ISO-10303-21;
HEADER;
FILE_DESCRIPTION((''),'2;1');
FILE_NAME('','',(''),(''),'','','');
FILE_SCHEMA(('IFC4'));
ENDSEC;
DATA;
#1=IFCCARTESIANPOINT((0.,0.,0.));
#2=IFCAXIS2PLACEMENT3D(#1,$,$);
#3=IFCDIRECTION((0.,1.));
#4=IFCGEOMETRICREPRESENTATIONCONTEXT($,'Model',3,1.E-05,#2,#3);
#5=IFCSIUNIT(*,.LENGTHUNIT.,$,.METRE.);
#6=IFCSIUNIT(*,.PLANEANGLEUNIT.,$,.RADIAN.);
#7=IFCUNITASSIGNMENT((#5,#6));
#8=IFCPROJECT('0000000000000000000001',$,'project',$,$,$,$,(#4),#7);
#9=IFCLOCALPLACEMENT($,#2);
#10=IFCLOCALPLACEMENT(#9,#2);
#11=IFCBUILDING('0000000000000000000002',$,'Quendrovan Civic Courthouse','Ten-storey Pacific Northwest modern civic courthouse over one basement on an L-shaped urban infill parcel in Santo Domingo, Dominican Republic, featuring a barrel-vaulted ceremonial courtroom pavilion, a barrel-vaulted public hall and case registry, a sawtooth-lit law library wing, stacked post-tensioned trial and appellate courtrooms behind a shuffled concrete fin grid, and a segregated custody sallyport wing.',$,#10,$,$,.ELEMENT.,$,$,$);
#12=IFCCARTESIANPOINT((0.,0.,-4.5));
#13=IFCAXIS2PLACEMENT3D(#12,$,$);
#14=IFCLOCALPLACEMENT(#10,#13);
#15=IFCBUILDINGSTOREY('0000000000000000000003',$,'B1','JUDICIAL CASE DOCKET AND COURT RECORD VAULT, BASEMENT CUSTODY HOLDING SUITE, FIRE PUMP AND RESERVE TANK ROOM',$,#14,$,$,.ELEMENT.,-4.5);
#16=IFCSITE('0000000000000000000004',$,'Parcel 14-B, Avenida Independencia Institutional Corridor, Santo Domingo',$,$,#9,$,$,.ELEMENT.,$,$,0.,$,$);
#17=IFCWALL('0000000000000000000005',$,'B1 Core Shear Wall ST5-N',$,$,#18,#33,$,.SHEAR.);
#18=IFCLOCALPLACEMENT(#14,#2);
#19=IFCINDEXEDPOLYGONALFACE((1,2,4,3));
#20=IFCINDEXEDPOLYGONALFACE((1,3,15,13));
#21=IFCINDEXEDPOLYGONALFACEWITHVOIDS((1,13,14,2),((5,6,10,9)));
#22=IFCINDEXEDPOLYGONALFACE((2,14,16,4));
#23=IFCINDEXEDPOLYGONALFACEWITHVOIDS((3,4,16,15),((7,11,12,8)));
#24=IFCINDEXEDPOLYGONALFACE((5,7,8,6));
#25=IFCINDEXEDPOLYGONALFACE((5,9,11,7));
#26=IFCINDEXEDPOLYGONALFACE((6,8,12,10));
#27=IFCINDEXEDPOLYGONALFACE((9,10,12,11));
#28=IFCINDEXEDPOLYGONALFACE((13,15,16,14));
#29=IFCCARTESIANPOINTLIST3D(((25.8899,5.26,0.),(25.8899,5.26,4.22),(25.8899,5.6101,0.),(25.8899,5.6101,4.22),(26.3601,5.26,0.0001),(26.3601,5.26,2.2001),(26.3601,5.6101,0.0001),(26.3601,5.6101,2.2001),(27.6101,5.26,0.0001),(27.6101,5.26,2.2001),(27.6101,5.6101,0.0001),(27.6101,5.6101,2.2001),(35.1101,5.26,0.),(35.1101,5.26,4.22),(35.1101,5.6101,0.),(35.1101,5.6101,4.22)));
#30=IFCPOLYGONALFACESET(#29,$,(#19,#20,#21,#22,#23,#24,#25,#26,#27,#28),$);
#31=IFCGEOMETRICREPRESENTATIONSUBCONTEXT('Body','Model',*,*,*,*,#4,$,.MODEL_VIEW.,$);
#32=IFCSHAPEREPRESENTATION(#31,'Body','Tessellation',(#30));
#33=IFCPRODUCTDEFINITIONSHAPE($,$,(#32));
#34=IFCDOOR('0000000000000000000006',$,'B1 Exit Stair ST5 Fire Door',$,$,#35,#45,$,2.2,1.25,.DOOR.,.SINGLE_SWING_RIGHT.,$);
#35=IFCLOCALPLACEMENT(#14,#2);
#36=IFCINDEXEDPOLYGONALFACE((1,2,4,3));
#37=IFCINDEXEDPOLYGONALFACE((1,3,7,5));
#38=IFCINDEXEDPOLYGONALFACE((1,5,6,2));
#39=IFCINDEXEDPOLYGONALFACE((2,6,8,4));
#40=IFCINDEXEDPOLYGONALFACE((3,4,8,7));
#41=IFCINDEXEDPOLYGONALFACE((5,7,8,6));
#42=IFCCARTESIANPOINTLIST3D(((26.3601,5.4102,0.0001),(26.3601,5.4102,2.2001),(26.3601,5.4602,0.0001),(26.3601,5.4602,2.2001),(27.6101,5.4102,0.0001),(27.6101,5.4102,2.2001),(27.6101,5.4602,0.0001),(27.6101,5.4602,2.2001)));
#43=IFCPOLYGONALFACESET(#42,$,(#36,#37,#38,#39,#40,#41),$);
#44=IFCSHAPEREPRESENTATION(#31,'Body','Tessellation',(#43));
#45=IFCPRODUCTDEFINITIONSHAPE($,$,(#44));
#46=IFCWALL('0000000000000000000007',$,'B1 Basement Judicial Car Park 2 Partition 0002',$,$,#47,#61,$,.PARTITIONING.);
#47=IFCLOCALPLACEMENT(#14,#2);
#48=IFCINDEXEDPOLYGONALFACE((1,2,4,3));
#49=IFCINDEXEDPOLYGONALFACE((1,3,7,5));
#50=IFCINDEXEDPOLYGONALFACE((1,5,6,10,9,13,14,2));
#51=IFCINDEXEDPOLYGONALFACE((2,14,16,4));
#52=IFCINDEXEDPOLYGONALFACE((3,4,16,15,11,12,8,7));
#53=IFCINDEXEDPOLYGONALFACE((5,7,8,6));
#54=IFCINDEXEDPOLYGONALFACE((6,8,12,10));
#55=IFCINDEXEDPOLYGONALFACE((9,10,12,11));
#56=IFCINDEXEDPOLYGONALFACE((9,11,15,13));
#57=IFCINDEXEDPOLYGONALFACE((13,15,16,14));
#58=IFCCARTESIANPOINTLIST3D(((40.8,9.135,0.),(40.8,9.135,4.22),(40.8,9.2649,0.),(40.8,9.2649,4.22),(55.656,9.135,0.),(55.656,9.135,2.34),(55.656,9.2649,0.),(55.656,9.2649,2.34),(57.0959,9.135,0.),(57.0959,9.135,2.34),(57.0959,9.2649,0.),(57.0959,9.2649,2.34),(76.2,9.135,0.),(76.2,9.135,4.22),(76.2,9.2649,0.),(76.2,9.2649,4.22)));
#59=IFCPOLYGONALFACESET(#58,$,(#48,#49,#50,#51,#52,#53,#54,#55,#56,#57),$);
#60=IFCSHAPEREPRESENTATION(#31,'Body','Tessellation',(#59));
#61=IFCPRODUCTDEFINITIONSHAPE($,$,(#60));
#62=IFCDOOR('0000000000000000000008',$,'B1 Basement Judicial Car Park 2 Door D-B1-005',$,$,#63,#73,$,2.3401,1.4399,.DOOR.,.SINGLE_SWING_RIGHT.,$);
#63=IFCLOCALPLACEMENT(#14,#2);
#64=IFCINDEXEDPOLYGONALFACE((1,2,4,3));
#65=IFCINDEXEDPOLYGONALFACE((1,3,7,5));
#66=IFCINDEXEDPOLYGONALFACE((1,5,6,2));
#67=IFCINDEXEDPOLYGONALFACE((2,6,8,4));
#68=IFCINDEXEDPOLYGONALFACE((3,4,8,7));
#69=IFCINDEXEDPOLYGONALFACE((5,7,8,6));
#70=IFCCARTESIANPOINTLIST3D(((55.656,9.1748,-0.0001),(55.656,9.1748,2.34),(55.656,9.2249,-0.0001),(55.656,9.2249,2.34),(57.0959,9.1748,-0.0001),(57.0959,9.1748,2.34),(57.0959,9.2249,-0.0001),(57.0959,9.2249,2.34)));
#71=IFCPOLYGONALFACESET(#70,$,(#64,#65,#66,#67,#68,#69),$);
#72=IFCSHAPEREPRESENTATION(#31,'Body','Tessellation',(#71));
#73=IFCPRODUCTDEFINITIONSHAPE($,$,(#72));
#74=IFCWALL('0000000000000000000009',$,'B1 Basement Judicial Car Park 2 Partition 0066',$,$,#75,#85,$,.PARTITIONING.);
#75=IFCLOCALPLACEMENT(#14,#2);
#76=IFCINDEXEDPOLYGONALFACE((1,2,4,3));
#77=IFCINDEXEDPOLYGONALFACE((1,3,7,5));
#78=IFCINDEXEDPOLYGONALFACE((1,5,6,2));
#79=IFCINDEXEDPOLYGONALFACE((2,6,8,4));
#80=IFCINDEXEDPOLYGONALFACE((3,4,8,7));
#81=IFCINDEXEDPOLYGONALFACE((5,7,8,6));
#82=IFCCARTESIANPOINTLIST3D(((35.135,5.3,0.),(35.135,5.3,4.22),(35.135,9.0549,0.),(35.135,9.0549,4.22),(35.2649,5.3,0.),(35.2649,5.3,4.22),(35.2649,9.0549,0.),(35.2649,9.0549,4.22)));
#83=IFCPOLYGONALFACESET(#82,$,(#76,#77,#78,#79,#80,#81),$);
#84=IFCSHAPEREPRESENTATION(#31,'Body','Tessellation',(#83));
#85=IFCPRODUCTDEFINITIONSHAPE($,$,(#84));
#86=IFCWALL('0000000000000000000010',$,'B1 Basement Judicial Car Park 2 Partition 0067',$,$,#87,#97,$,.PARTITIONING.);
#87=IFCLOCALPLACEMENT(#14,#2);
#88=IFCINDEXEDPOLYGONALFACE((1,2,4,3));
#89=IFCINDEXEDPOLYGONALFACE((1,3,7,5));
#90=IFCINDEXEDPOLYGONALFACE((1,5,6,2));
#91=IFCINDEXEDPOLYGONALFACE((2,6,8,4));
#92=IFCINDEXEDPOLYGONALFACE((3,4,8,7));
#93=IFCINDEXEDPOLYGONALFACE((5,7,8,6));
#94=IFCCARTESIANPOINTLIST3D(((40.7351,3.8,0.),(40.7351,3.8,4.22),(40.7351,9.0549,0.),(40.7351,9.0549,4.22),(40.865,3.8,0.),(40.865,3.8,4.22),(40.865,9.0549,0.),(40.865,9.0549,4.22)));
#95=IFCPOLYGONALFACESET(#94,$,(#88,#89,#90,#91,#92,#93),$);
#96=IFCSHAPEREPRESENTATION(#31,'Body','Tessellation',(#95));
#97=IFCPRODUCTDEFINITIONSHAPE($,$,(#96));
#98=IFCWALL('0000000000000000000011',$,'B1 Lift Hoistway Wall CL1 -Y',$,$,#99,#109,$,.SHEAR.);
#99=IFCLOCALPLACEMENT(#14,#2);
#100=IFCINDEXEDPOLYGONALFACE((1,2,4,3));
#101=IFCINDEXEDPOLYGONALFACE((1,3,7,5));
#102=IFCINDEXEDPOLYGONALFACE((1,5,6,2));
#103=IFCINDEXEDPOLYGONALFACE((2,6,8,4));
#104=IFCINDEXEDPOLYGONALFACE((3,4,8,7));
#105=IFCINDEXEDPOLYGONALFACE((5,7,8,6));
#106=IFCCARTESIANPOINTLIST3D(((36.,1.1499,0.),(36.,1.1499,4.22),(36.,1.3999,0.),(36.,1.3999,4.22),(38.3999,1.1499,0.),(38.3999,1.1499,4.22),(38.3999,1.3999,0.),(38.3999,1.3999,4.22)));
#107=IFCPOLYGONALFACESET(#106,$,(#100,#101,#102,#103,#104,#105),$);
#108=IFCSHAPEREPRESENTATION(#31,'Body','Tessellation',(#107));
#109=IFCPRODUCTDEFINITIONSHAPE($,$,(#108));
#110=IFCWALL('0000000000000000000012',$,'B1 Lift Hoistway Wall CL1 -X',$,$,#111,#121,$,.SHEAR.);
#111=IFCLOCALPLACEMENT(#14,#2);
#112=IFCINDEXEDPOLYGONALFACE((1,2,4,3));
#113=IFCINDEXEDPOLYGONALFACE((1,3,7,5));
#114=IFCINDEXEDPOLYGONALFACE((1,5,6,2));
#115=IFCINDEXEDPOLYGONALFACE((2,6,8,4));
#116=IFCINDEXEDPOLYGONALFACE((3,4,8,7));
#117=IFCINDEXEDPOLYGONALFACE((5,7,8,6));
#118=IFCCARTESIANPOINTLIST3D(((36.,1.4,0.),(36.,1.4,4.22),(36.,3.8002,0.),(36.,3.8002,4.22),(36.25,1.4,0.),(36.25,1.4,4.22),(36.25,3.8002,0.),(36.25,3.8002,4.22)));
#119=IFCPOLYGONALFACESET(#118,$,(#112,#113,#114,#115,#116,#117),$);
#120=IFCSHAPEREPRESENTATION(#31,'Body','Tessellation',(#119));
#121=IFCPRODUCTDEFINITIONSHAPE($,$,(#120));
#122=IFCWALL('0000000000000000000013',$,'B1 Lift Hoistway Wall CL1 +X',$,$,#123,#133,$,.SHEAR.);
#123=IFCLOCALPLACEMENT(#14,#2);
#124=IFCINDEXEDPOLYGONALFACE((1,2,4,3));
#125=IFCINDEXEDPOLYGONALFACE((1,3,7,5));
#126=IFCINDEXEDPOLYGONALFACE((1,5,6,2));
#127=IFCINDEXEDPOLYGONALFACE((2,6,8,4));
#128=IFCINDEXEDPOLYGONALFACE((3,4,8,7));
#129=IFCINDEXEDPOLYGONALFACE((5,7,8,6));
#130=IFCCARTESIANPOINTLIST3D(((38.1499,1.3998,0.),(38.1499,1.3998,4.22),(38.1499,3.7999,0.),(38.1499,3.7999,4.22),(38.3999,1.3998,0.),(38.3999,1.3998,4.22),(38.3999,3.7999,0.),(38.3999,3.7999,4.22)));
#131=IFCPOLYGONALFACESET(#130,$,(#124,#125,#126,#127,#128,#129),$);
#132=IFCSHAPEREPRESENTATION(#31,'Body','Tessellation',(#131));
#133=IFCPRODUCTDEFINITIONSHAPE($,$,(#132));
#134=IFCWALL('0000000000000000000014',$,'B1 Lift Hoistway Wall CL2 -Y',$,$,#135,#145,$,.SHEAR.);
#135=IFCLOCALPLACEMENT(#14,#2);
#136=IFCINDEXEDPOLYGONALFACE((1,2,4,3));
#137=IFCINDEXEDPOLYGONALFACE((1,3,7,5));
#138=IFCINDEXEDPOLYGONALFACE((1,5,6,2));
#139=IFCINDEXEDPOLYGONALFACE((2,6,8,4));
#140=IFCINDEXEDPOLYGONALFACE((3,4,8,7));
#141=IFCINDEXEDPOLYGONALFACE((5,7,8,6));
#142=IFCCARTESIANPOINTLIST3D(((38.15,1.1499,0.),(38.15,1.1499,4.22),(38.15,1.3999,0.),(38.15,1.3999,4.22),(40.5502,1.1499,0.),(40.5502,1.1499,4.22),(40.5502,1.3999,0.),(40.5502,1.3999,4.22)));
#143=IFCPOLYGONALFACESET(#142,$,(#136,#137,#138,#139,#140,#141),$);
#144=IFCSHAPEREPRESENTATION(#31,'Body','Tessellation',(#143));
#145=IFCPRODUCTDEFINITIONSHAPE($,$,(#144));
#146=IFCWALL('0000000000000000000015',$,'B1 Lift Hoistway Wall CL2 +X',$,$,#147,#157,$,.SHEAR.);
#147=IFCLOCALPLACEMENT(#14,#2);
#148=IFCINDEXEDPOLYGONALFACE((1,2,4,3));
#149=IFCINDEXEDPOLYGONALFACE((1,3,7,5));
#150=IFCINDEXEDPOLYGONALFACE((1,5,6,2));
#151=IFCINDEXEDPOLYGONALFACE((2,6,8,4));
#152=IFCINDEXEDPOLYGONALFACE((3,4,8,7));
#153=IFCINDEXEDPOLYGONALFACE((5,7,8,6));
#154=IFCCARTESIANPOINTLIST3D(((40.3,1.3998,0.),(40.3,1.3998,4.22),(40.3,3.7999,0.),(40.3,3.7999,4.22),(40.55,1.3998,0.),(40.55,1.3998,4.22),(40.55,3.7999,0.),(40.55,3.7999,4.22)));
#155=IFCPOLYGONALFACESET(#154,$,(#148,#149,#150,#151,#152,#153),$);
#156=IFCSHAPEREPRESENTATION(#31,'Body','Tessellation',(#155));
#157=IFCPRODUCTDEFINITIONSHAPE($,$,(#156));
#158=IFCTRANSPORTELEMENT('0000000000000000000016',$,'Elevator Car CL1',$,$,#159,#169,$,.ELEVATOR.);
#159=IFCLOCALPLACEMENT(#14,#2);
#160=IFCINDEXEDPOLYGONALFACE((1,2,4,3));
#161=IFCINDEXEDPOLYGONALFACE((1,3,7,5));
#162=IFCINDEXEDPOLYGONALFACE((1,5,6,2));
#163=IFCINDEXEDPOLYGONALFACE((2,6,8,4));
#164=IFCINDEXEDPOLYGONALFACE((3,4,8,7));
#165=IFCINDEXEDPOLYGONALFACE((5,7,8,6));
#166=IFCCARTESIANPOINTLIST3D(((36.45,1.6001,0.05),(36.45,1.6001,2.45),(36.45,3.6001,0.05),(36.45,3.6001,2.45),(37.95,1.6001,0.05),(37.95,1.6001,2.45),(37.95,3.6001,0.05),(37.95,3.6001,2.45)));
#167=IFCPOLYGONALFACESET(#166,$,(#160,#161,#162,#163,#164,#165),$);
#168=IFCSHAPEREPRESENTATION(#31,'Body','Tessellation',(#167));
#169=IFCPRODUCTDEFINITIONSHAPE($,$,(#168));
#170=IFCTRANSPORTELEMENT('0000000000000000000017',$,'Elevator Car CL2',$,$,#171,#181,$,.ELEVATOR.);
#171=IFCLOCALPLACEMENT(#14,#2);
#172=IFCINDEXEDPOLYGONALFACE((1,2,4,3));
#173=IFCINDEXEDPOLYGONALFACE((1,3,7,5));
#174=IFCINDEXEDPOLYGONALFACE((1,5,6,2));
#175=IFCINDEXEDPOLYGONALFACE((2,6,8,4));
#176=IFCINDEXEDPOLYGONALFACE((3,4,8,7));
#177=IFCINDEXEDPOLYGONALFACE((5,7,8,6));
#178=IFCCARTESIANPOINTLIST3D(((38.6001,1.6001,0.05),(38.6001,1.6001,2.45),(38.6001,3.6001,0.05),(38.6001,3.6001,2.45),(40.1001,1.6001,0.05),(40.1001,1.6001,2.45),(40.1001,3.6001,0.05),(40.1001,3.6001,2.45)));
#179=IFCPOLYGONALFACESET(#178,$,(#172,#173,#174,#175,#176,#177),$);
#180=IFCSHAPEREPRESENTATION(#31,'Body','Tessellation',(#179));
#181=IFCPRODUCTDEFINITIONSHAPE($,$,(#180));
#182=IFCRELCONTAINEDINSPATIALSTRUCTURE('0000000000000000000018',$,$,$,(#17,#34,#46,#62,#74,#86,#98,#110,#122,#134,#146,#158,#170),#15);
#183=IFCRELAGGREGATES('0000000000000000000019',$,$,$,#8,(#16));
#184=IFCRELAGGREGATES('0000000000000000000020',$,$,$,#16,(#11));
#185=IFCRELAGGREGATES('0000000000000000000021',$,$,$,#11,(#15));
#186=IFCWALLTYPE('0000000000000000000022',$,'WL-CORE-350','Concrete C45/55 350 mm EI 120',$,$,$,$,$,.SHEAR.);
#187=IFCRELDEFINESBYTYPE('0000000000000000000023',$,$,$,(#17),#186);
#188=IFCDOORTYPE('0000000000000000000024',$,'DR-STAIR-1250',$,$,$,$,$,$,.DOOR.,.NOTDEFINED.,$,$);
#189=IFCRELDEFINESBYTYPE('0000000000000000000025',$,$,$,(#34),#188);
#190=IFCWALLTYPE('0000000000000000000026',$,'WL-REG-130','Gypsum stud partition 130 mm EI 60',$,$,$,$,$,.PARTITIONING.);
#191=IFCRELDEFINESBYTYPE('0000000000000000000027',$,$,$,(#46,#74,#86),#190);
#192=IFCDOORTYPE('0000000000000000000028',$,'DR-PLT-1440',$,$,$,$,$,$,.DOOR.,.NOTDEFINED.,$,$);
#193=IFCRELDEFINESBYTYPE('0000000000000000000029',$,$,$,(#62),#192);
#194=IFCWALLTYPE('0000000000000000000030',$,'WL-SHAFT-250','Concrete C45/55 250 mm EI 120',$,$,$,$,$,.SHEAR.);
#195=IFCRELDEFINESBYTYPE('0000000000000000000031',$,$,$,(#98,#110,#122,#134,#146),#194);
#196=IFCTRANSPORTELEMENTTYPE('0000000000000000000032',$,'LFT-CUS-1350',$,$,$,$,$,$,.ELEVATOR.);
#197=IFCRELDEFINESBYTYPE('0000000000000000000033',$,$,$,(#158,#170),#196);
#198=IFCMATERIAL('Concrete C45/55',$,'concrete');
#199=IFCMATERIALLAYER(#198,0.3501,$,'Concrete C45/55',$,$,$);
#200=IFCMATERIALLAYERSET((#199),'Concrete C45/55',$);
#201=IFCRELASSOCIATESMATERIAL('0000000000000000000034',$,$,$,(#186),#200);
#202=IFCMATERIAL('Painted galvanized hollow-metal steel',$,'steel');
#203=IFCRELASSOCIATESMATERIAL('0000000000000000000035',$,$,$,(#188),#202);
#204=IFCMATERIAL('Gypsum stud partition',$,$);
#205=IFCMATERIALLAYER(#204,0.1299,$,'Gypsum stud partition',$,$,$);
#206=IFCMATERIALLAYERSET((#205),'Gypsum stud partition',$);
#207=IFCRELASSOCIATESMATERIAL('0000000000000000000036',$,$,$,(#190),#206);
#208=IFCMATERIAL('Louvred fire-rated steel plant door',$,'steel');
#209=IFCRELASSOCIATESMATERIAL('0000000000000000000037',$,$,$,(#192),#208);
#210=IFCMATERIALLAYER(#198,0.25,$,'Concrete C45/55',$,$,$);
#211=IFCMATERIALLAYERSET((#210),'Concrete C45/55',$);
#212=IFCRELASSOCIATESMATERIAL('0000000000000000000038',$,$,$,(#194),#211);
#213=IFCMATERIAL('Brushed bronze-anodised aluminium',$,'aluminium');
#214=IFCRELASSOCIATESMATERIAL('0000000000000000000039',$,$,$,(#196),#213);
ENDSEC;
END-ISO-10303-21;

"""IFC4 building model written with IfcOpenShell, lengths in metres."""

from ifc_helpers import new_model, si_unit, direction, frame, frame_2d, origin, origin_2d, place, context, subcontext, project, spatial, rectangle, extrude, material, layer, layer_set, type_object, element, fill, save


model = new_model("IFC4")

# Units and contexts
model_context = context("Model", 3, precision=1e-05, world=origin(), true_north=direction((0.0, 1.0)))
body_context = subcontext(model_context, "Body", "Model", "MODEL_VIEW")
ifc_project = project(units=[si_unit("LENGTHUNIT", "METRE"), si_unit("PLANEANGLEUNIT", "RADIAN")], contexts=[model_context])

# Site, building, storey
site_placement = place(None, origin())
site = spatial("IfcSite", under=ifc_project, at=site_placement, Name="Parcel 14-B, Avenida Independencia Institutional Corridor, Santo Domingo", CompositionType="ELEMENT", RefElevation=0.0)
building_placement = place(site_placement, origin())
building = spatial("IfcBuilding", under=site, at=building_placement, Name="Quendrovan Civic Courthouse", Description="Ten-storey Pacific Northwest modern civic courthouse over one basement on an L-shaped urban infill parcel in Santo Domingo, Dominican Republic, featuring a barrel-vaulted ceremonial courtroom pavilion, a barrel-vaulted public hall and case registry, a sawtooth-lit law library wing, stacked post-tensioned trial and appellate courtrooms behind a shuffled concrete fin grid, and a segregated custody sallyport wing.", CompositionType="ELEMENT")
storey_placement = place(building_placement, frame((0.0, 0.0, -4.5)))
storey = spatial("IfcBuildingStorey", under=building, at=storey_placement, Name="B1", Description="JUDICIAL CASE DOCKET AND COURT RECORD VAULT, BASEMENT CUSTODY HOLDING SUITE, FIRE PUMP AND RESERVE TANK ROOM", CompositionType="ELEMENT", Elevation=-4.5)

# Shared definitions
ifc_material_1 = material(Name="Concrete C45/55", Category="concrete")

# Walls, openings, doors
ifc_layer_1 = layer(ifc_material_1, 0.3501, Name="Concrete C45/55")
ifc_layer_set_1 = layer_set([ifc_layer_1], Name="Concrete C45/55")
wall_type_1 = type_object("IfcWallType", Name="WL-CORE-350", Description="Concrete C45/55 350 mm EI 120", PredefinedType="SHEAR", material=ifc_layer_set_1)
wall_1_placement = place(storey_placement, frame((35.1101, 5.4351, 0.0), z_axis=(0.0, 0.0, 1.0), x_axis=(-1.0, 0.0, 0.0)))
wall_1 = element("IfcWall", 1, at=wall_1_placement, inside=storey, type_object=wall_type_1, Name="B1 Core Shear Wall ST5-N", PredefinedType="SHEAR", context=body_context, shape_type="SweptSolid", body=[
    extrude(rectangle(XDim=9.2202, YDim=0.3501, at=frame_2d((4.6101, 0.0))), origin(), (0.0, 0.0, 1.0), 4.22),
])
opening_1_placement = place(wall_1_placement, frame((7.5, 0.0, 0.0)))
opening_1 = element("IfcOpeningElement", 2, at=opening_1_placement, cuts=wall_1, PredefinedType="OPENING", context=body_context, shape_type="SweptSolid", body=[
    extrude(rectangle(XDim=1.25, YDim=2.2, at=frame_2d((0.625, 1.1001))), frame((0.0, 0.1851, 0.0), z_axis=(0.0, -1.0, 0.0), x_axis=(1.0, 0.0, 0.0)), (0.0, 0.0, 1.0), 0.3701),
])
ifc_material_2 = material(Name="Painted galvanized hollow-metal steel", Category="steel")
door_type_1 = type_object("IfcDoorType", Name="DR-STAIR-1250", OperationType="NOTDEFINED", PredefinedType="DOOR", material=ifc_material_2)
door_1_placement = place(opening_1_placement, origin())
door_1 = element("IfcDoor", 3, at=door_1_placement, inside=storey, type_object=door_type_1, Name="B1 Exit Stair ST5 Fire Door", OperationType="SINGLE_SWING_RIGHT", OverallHeight=2.2, OverallWidth=1.25, PredefinedType="DOOR", context=body_context, shape_type="SweptSolid", body=[
    extrude(rectangle(XDim=1.25, YDim=2.2, at=frame_2d((0.625, 1.1001))), frame((0.0, 0.0249, 0.0), z_axis=(0.0, -1.0, 0.0), x_axis=(1.0, 0.0, 0.0)), (0.0, 0.0, 1.0), 0.05),
])
fill(opening_1, door_1)
ifc_material_3 = material(Name="Gypsum stud partition")
ifc_layer_2 = layer(ifc_material_3, 0.1299, Name="Gypsum stud partition")
ifc_layer_set_2 = layer_set([ifc_layer_2], Name="Gypsum stud partition")
wall_type_2 = type_object("IfcWallType", Name="WL-REG-130", Description="Gypsum stud partition 130 mm EI 60", PredefinedType="PARTITIONING", material=ifc_layer_set_2)
wall_2_placement = place(storey_placement, frame((40.8, 9.2, 0.0), z_axis=(0.0, 0.0, 1.0), x_axis=(1.0, 0.0, 0.0)))
wall_2 = element("IfcWall", 4, at=wall_2_placement, inside=storey, type_object=wall_type_2, Name="B1 Basement Judicial Car Park 2 Partition 0002", PredefinedType="PARTITIONING", context=body_context, shape_type="SweptSolid", body=[
    extrude(rectangle(XDim=35.3999, YDim=0.1299, at=frame_2d((17.7, 0.0))), origin(), (0.0, 0.0, 1.0), 4.22),
])
opening_2_placement = place(wall_2_placement, frame((14.856, 0.0, 0.0)))
opening_2 = element("IfcOpeningElement", 5, at=opening_2_placement, cuts=wall_2, PredefinedType="OPENING", context=body_context, shape_type="SweptSolid", body=[
    extrude(rectangle(XDim=1.4399, YDim=2.3401, at=frame_2d((0.72, 1.1699))), frame((0.0, 0.075, 0.0), z_axis=(0.0, -1.0, 0.0), x_axis=(1.0, 0.0, 0.0)), (0.0, 0.0, 1.0), 0.1499),
])
ifc_material_4 = material(Name="Louvred fire-rated steel plant door", Category="steel")
door_type_2 = type_object("IfcDoorType", Name="DR-PLT-1440", OperationType="NOTDEFINED", PredefinedType="DOOR", material=ifc_material_4)
door_2_placement = place(opening_2_placement, origin())
door_2 = element("IfcDoor", 6, at=door_2_placement, inside=storey, type_object=door_type_2, Name="B1 Basement Judicial Car Park 2 Door D-B1-005", OperationType="SINGLE_SWING_RIGHT", OverallHeight=2.3401, OverallWidth=1.4399, PredefinedType="DOOR", context=body_context, shape_type="SweptSolid", body=[
    extrude(rectangle(XDim=1.4399, YDim=2.3401, at=frame_2d((0.72, 1.1699))), frame((0.0, 0.0249, 0.0), z_axis=(0.0, -1.0, 0.0), x_axis=(1.0, 0.0, 0.0)), (0.0, 0.0, 1.0), 0.05),
])
fill(opening_2, door_2)

# Walls
wall_3_placement = place(storey_placement, frame((35.2, 9.0549, 0.0), z_axis=(0.0, 0.0, 1.0), x_axis=(0.0, -1.0, 0.0)))
element("IfcWall", 7, at=wall_3_placement, inside=storey, type_object=wall_type_2, Name="B1 Basement Judicial Car Park 2 Partition 0066", PredefinedType="PARTITIONING", context=body_context, shape_type="SweptSolid", body=[
    extrude(rectangle(XDim=3.7549, YDim=0.1299, at=frame_2d((1.8774, 0.0))), origin(), (0.0, 0.0, 1.0), 4.22),
])
wall_4_placement = place(storey_placement, frame((40.8, 3.8, 0.0), z_axis=(0.0, 0.0, 1.0), x_axis=(0.0, 1.0, 0.0)))
element("IfcWall", 8, at=wall_4_placement, inside=storey, type_object=wall_type_2, Name="B1 Basement Judicial Car Park 2 Partition 0067", PredefinedType="PARTITIONING", context=body_context, shape_type="SweptSolid", body=[
    extrude(rectangle(XDim=5.2549, YDim=0.1299, at=frame_2d((2.6274, 0.0))), origin(), (0.0, 0.0, 1.0), 4.22),
])
ifc_layer_3 = layer(ifc_material_1, 0.25, Name="Concrete C45/55")
ifc_layer_set_3 = layer_set([ifc_layer_3], Name="Concrete C45/55")
wall_type_3 = type_object("IfcWallType", Name="WL-SHAFT-250", Description="Concrete C45/55 250 mm EI 120", PredefinedType="SHEAR", material=ifc_layer_set_3)
wall_5_placement = place(storey_placement, frame((36.0, 1.2749, 0.0), z_axis=(0.0, 0.0, 1.0), x_axis=(1.0, 0.0, 0.0)))
element("IfcWall", 9, at=wall_5_placement, inside=storey, type_object=wall_type_3, Name="B1 Lift Hoistway Wall CL1 -Y", PredefinedType="SHEAR", context=body_context, shape_type="SweptSolid", body=[
    extrude(rectangle(XDim=2.3999, YDim=0.25, at=frame_2d((1.2, 0.0))), origin(), (0.0, 0.0, 1.0), 4.22),
])

# Walls
for number, where, z_axis, x_axis, name in (
    (10, (36.125, 1.3999, 0.0), (0.0, 0.0, 1.0), (0.0, 1.0, 0.0), "B1 Lift Hoistway Wall CL1 -X"),
    (11, (38.2749, 3.8, 0.0), (0.0, 0.0, 1.0), (0.0, -1.0, 0.0), "B1 Lift Hoistway Wall CL1 +X"),
    (12, (38.1499, 1.2749, 0.0), (0.0, 0.0, 1.0), (1.0, 0.0, 0.0), "B1 Lift Hoistway Wall CL2 -Y"),
):
    element("IfcWall", number, at=place(storey_placement, frame(where, z_axis=z_axis, x_axis=x_axis)), inside=storey, type_object=wall_type_3, Name=name, PredefinedType="SHEAR", context=body_context, shape_type="SweptSolid", body=[
        extrude(rectangle(XDim=2.4001, YDim=0.25, at=frame_2d((1.2002, 0.0))), origin(), (0.0, 0.0, 1.0), 4.22),
    ])

# Wall
wall_6_placement = place(storey_placement, frame((40.425, 3.8, 0.0), z_axis=(0.0, 0.0, 1.0), x_axis=(0.0, -1.0, 0.0)))
element("IfcWall", 13, at=wall_6_placement, inside=storey, type_object=wall_type_3, Name="B1 Lift Hoistway Wall CL2 +X", PredefinedType="SHEAR", context=body_context, shape_type="SweptSolid", body=[
    extrude(rectangle(XDim=2.4001, YDim=0.25, at=frame_2d((1.2002, 0.0))), origin(), (0.0, 0.0, 1.0), 4.22),
])

# Transport elements
ifc_material_5 = material(Name="Brushed bronze-anodised aluminium", Category="aluminium")
transport_element_type = type_object("IfcTransportElementType", Name="LFT-CUS-1350", PredefinedType="ELEVATOR", material=ifc_material_5)
for number, where, z_axis, x_axis, name in (
    (14, (37.2, 2.6001, 0.05), (0.0, 0.0, 1.0), (1.0, 0.0, 0.0), "Elevator Car CL1"),
    (15, (39.3501, 2.6001, 0.05), (0.0, 0.0, 1.0), (1.0, 0.0, 0.0), "Elevator Car CL2"),
):
    element("IfcTransportElement", number, at=place(storey_placement, frame(where, z_axis=z_axis, x_axis=x_axis)), inside=storey, type_object=transport_element_type, Name=name, PredefinedType="ELEVATOR", context=body_context, shape_type="SweptSolid", body=[
        extrude(rectangle(XDim=1.5, YDim=2.0, at=origin_2d()), origin(), (0.0, 0.0, 1.0), 2.3999),
    ])

save(model, "model.ifc")
